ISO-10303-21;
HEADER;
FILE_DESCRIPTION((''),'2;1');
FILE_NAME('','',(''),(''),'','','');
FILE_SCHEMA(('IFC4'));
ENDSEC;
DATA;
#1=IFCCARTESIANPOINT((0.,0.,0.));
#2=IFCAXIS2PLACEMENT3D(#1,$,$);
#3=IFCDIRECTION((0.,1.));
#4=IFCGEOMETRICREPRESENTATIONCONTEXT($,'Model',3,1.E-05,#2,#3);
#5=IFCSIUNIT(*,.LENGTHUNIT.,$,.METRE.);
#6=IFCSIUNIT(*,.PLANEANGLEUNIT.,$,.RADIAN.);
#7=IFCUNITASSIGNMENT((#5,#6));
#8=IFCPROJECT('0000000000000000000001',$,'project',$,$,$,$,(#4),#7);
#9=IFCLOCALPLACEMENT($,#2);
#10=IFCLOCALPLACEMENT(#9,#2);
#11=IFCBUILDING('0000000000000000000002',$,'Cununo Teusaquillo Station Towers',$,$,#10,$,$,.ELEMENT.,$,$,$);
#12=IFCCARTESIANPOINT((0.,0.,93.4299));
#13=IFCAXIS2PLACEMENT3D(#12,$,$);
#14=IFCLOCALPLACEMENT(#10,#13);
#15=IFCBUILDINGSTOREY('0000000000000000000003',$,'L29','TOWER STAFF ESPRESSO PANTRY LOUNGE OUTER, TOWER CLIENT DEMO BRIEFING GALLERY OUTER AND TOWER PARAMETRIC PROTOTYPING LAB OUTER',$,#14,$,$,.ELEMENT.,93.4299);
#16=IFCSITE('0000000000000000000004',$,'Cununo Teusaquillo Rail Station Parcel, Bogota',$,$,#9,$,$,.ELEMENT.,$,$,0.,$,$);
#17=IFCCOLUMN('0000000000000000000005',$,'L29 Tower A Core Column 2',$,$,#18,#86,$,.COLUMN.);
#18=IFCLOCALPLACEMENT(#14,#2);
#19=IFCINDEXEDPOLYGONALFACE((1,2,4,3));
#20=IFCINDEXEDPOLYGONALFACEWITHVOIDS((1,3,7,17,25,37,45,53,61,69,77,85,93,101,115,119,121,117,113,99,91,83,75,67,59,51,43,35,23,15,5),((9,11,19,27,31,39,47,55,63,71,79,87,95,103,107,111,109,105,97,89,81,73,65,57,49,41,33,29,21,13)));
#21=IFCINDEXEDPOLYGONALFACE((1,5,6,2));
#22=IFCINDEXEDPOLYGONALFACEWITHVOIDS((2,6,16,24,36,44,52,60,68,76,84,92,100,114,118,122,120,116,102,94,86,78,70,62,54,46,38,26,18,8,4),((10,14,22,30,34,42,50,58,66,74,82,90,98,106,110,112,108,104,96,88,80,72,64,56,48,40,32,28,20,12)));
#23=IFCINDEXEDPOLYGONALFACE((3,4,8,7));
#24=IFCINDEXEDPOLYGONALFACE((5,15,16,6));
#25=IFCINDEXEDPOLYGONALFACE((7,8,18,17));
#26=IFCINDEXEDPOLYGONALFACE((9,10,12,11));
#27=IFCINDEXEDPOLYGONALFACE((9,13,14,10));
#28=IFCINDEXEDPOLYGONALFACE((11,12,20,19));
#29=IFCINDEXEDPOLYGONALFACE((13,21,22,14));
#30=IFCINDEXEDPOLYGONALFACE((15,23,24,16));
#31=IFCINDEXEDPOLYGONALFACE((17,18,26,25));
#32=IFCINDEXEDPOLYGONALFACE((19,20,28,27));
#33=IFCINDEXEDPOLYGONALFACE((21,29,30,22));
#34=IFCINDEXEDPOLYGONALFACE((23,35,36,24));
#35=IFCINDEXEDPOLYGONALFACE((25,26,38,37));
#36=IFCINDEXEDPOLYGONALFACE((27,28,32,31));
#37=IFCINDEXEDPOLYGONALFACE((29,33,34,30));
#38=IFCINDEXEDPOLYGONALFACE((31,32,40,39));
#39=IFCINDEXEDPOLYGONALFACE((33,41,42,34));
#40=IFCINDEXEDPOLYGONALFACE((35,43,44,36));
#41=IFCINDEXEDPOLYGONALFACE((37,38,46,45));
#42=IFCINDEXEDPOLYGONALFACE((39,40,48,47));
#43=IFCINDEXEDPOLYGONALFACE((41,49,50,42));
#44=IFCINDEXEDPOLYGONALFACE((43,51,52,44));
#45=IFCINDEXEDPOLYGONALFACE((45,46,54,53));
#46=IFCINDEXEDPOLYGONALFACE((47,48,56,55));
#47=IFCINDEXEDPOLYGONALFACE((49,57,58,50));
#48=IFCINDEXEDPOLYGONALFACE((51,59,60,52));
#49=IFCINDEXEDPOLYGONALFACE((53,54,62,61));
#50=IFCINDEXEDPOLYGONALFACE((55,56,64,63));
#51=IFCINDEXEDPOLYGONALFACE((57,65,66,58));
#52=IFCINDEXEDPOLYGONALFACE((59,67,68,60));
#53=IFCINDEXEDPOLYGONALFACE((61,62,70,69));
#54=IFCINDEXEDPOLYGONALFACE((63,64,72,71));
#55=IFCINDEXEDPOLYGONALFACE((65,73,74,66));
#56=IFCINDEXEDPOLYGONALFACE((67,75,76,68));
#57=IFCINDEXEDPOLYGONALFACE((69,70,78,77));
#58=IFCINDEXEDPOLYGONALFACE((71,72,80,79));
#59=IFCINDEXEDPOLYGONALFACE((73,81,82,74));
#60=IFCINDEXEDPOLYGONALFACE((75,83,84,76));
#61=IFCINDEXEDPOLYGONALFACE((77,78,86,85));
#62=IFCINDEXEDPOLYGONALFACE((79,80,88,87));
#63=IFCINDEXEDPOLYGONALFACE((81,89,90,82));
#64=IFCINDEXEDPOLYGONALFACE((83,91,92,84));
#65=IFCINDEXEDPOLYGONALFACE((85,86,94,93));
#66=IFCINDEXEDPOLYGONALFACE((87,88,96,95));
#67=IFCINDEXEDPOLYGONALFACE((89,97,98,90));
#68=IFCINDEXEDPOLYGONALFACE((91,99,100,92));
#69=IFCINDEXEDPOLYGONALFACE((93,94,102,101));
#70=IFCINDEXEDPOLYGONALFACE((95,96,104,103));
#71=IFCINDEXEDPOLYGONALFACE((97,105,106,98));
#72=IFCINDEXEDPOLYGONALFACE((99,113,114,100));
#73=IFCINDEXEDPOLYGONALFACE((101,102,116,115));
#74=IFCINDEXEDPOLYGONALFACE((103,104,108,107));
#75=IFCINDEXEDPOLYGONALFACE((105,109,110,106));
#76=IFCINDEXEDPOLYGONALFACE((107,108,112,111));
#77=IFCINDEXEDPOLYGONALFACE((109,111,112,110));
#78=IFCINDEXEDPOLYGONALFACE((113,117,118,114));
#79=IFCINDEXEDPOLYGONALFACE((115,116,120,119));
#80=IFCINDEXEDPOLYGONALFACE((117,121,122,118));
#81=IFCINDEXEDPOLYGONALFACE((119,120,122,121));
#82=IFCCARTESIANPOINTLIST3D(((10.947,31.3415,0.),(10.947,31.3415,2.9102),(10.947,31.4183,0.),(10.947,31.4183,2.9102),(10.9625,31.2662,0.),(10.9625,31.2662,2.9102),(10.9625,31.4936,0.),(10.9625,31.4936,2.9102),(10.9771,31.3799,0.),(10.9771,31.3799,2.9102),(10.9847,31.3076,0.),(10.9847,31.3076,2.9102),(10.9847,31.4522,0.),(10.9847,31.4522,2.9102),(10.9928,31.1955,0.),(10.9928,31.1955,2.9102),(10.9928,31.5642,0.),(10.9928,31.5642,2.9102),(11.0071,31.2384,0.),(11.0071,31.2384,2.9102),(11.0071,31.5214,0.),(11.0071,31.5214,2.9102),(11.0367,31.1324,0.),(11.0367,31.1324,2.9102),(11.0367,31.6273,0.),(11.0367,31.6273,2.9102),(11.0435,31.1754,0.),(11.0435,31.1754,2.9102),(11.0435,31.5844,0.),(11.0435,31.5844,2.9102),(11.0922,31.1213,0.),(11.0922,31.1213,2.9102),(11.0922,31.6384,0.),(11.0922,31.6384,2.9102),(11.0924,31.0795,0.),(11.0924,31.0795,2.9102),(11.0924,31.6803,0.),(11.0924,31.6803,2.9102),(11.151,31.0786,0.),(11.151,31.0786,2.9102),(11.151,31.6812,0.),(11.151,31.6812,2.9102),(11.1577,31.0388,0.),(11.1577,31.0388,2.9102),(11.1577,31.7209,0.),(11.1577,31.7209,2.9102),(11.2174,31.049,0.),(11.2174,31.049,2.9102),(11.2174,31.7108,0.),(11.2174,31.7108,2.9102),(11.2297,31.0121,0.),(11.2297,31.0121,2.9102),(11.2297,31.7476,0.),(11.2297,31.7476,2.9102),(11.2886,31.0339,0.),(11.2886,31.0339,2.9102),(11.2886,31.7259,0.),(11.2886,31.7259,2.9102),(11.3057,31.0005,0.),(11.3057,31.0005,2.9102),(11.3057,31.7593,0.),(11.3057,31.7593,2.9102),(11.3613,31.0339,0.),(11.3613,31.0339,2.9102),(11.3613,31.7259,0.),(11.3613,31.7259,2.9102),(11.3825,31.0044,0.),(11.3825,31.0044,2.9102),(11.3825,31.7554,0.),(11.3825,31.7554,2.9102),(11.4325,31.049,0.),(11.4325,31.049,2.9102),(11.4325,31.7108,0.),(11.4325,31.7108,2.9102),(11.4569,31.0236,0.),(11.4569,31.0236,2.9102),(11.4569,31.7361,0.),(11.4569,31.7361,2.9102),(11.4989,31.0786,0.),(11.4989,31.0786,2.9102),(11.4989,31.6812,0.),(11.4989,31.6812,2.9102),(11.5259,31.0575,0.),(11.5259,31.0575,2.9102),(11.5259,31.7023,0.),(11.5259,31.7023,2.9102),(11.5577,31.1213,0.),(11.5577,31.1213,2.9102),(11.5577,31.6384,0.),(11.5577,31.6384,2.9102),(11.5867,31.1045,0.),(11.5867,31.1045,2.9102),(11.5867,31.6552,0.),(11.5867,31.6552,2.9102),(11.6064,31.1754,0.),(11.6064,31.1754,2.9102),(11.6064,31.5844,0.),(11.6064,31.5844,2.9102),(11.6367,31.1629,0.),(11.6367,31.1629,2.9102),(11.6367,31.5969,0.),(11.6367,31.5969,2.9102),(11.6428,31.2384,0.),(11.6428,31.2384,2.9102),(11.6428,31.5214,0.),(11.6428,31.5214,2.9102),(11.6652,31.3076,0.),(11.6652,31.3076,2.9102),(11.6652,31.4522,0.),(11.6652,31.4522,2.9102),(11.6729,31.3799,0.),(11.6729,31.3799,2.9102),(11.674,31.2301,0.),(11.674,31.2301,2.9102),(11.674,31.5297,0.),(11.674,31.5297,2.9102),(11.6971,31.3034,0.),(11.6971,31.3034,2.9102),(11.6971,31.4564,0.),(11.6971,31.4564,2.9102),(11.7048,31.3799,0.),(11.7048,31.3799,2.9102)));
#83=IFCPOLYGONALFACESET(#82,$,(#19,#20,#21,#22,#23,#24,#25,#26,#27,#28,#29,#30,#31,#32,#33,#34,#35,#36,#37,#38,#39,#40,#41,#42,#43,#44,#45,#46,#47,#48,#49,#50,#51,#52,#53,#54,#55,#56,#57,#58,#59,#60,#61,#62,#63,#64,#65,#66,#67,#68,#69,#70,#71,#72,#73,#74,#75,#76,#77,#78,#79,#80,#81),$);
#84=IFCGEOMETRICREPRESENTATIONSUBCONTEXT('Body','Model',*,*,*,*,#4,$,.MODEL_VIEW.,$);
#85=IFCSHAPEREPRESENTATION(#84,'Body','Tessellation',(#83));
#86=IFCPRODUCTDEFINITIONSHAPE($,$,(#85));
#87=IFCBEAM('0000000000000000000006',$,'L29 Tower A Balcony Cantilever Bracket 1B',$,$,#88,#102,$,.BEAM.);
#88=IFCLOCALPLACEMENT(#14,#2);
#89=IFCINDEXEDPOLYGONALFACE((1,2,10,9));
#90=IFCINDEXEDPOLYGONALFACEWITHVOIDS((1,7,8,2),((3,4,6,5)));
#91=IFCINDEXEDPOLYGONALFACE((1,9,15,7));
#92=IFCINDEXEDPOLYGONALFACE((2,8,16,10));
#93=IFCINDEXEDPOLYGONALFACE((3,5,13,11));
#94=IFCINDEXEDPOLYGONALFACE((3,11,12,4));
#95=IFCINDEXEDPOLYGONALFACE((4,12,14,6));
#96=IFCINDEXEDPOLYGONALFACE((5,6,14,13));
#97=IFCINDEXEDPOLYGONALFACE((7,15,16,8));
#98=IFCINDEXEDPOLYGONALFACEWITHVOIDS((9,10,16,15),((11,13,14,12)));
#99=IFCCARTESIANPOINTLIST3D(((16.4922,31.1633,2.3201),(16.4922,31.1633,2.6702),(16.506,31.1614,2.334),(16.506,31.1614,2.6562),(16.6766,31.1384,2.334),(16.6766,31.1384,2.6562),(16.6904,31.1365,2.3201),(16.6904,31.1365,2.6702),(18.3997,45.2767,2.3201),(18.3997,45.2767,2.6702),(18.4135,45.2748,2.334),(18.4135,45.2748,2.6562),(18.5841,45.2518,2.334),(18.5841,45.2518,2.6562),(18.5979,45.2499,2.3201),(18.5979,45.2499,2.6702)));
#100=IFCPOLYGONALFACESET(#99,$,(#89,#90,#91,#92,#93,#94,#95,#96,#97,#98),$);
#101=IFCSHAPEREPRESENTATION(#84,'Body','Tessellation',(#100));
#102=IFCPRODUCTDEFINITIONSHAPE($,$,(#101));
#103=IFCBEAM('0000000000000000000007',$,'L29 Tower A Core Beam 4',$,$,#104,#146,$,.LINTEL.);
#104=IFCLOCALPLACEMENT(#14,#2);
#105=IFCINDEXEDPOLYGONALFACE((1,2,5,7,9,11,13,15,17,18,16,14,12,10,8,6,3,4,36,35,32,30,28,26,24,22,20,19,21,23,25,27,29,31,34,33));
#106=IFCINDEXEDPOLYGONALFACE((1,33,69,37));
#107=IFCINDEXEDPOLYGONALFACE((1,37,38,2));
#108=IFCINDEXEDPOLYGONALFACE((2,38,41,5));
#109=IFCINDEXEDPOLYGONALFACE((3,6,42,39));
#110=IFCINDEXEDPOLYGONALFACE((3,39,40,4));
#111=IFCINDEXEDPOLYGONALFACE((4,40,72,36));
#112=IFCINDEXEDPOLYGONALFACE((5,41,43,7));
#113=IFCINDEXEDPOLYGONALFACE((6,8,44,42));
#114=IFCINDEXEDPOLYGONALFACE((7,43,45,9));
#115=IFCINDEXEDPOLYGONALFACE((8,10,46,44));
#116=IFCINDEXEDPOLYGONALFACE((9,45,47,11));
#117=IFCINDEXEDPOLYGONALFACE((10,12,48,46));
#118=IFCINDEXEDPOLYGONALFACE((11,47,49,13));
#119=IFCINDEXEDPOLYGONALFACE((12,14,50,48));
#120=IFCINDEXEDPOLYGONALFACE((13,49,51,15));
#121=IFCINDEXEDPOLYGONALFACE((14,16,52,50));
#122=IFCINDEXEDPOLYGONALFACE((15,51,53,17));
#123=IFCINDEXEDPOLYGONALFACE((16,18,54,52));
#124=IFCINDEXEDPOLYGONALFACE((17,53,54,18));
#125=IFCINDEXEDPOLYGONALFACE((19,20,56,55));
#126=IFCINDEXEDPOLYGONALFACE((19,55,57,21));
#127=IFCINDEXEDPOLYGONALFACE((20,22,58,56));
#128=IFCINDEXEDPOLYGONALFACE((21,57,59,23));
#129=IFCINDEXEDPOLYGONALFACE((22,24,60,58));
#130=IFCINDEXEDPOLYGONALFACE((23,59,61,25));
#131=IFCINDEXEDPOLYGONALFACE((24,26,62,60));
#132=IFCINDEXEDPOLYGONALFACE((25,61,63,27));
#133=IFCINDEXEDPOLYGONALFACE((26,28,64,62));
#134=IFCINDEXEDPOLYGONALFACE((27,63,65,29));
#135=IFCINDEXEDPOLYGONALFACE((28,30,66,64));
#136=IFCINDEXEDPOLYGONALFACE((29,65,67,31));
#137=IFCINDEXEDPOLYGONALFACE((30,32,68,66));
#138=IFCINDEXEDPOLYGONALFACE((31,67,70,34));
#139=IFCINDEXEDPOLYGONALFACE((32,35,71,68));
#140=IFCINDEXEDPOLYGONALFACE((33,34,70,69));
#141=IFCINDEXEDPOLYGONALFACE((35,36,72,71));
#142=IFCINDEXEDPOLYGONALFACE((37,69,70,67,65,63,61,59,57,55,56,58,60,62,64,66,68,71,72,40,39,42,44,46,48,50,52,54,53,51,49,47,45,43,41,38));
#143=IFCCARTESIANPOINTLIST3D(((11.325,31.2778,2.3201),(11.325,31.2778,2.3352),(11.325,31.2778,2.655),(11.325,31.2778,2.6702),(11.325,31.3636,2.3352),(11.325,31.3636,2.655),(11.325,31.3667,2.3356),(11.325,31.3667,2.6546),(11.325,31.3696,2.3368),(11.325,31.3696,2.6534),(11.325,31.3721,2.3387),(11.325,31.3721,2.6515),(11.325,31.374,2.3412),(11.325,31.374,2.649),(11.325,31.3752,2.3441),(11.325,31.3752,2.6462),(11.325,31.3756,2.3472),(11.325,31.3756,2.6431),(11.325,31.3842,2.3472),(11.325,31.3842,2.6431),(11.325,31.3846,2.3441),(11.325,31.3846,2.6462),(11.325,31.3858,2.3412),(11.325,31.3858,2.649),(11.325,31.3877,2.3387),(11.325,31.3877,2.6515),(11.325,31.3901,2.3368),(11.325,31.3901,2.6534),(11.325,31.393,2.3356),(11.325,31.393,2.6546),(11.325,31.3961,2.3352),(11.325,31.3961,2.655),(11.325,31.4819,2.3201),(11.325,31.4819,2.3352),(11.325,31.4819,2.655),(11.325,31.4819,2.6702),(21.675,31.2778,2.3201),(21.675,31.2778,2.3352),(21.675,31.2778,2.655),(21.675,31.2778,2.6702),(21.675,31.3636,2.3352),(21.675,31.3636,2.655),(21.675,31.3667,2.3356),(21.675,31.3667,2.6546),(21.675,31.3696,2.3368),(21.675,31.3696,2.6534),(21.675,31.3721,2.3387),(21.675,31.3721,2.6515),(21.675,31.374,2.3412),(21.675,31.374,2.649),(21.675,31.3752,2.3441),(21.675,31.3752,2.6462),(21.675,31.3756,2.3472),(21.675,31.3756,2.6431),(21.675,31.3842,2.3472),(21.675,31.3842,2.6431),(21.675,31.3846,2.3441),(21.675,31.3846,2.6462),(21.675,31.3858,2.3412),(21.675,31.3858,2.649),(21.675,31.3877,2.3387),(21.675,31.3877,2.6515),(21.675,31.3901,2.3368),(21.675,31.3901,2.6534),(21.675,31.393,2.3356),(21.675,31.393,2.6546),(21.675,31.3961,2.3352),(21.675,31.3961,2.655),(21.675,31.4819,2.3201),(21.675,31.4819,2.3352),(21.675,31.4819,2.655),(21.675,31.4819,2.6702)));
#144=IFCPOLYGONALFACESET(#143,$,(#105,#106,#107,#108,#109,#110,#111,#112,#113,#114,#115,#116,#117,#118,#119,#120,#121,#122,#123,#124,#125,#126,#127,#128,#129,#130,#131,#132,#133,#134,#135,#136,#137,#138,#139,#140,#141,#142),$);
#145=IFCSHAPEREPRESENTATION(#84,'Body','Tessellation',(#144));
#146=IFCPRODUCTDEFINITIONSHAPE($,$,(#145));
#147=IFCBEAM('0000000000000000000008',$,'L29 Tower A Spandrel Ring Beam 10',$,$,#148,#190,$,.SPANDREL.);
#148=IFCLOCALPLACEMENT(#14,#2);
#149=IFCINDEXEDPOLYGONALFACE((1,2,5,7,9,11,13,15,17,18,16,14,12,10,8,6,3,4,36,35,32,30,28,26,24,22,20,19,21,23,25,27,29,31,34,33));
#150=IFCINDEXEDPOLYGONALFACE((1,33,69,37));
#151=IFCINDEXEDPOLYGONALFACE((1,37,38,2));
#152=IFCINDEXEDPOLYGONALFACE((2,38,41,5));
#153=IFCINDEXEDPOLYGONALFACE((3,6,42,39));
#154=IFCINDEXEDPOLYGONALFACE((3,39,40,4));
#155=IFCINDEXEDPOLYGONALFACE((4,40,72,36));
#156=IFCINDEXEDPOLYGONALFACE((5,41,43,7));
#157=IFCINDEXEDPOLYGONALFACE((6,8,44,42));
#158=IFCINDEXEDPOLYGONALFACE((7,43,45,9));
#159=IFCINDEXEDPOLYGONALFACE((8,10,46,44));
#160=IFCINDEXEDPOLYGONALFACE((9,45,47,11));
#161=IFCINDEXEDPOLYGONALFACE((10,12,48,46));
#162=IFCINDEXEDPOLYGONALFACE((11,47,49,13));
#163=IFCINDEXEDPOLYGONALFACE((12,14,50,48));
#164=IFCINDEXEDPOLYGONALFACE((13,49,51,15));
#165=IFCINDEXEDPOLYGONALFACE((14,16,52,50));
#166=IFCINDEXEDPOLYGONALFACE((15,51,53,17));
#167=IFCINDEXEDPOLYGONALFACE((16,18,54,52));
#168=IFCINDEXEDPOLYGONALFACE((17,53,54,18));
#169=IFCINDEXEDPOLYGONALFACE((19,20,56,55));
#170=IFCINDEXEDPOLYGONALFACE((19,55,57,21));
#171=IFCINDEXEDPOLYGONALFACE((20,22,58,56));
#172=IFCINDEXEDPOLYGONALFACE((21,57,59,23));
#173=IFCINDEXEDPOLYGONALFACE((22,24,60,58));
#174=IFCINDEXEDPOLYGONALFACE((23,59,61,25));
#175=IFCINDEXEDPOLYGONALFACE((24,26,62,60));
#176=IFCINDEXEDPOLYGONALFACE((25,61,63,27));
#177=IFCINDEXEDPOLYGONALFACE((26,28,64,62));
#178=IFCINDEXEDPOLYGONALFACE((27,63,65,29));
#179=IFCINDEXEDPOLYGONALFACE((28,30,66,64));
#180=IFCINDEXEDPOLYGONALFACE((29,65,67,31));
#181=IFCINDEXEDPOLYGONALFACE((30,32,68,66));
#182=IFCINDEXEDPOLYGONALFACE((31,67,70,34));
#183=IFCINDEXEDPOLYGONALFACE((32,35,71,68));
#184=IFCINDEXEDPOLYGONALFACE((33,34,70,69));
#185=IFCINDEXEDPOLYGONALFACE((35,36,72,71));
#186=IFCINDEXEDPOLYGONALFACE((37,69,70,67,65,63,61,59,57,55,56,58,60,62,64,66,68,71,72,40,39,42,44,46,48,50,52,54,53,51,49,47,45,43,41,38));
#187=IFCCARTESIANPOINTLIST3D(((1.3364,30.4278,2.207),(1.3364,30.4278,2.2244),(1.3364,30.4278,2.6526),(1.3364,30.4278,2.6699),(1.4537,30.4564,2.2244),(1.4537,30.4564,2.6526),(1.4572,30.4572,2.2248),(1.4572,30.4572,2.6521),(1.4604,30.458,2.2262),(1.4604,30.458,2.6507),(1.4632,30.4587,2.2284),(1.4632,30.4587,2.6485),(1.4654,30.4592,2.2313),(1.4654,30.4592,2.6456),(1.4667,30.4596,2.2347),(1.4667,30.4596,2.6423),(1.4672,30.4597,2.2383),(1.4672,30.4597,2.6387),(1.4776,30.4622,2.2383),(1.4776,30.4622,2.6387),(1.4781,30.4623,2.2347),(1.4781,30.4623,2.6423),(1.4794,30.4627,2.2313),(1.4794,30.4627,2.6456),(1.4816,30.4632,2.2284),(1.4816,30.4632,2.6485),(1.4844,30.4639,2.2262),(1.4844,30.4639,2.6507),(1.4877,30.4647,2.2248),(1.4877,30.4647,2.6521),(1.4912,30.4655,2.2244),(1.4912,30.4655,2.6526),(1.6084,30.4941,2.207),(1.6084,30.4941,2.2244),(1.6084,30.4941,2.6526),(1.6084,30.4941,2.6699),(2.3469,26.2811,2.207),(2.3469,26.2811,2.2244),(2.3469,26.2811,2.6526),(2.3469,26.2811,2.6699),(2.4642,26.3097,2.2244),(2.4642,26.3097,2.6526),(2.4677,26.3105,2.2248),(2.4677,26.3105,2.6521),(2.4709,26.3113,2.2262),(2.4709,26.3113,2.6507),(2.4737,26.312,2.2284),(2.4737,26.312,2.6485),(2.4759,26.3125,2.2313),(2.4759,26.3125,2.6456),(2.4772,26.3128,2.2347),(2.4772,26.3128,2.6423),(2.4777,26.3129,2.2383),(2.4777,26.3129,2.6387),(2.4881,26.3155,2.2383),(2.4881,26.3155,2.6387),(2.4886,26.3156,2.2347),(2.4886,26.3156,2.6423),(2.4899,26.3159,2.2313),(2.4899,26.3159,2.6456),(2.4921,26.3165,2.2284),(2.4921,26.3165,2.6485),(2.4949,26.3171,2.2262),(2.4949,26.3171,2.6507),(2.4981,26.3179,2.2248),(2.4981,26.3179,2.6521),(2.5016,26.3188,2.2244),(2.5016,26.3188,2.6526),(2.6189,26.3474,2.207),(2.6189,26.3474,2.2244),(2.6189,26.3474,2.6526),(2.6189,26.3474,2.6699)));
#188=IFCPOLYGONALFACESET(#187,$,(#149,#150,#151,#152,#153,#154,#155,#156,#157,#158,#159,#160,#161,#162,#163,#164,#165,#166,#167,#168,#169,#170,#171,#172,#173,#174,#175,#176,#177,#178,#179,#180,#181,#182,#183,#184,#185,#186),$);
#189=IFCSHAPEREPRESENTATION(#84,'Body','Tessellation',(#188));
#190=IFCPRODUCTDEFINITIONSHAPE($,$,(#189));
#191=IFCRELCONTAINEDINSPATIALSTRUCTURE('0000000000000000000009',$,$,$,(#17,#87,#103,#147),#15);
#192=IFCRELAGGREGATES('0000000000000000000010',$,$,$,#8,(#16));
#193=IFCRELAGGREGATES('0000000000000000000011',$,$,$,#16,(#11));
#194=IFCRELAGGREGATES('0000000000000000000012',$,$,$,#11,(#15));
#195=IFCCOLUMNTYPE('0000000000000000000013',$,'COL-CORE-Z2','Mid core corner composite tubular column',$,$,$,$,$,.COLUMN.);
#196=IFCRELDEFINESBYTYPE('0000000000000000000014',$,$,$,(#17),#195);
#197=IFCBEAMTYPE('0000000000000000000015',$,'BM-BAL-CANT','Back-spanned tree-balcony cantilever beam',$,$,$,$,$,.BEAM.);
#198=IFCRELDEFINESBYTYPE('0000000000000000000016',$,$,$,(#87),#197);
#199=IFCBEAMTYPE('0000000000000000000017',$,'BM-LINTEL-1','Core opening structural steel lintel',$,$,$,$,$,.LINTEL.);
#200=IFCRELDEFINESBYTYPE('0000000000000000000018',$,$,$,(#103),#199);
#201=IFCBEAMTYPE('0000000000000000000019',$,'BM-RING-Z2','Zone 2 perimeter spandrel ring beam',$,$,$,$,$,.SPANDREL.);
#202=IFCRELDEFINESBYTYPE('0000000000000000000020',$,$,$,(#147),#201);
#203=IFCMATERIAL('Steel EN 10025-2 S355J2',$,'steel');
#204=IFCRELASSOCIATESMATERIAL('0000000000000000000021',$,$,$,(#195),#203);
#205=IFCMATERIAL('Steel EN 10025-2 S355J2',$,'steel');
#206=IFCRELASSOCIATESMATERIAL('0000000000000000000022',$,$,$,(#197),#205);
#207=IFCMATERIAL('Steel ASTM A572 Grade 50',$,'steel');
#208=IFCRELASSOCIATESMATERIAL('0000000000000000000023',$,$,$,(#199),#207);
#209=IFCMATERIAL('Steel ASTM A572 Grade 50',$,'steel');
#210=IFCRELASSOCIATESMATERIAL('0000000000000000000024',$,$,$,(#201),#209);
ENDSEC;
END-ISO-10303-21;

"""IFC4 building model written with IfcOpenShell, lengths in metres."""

from ifc_helpers import new_model, si_unit, direction, frame, origin, origin_2d, place, context, subcontext, project, spatial, hollow_rectangle, hollow_circle, i_section, extrude, material, material_profile, profile_set, type_object, element, save


model = new_model("IFC4")

# Units and contexts
model_context = context("Model", 3, precision=1e-05, world=origin(), true_north=direction((0.0, 1.0)))
body_context = subcontext(model_context, "Body", "Model", "MODEL_VIEW")
ifc_project = project(units=[si_unit("LENGTHUNIT", "METRE"), si_unit("PLANEANGLEUNIT", "RADIAN")], contexts=[model_context])

# Site, building, storey
site_placement = place(None, origin())
site = spatial("IfcSite", under=ifc_project, at=site_placement, Name="Cununo Teusaquillo Rail Station Parcel, Bogota", CompositionType="ELEMENT", RefElevation=0.0)
building_placement = place(site_placement, origin())
building = spatial("IfcBuilding", under=site, at=building_placement, Name="Cununo Teusaquillo Station Towers", CompositionType="ELEMENT")
storey_placement = place(building_placement, frame((0.0, 0.0, 93.4299)))
storey = spatial("IfcBuildingStorey", under=building, at=storey_placement, Name="L29", Description="TOWER STAFF ESPRESSO PANTRY LOUNGE OUTER, TOWER CLIENT DEMO BRIEFING GALLERY OUTER AND TOWER PARAMETRIC PROTOTYPING LAB OUTER", CompositionType="ELEMENT", Elevation=93.4299)

# Column
ifc_material_1 = material(Name="Steel EN 10025-2 S355J2", Category="steel")
ifc_material_profile_1 = material_profile(ifc_material_1, hollow_circle(Radius=0.3799, WallThickness=0.032, at=origin_2d()), Name="CHS 760x32")
ifc_profile_set_1 = profile_set([ifc_material_profile_1], Name="Steel EN 10025-2 S355J2")
column_type = type_object("IfcColumnType", Name="COL-CORE-Z2", Description="Mid core corner composite tubular column", PredefinedType="COLUMN", material=ifc_profile_set_1)
column_placement = place(storey_placement, frame((11.325, 31.3799, 0.0), z_axis=(0.0, 0.0, 1.0), x_axis=(1.0, 0.0, 0.0)))
element("IfcColumn", 1, at=column_placement, inside=storey, type_object=column_type, Name="L29 Tower A Core Column 2", PredefinedType="COLUMN", context=body_context, shape_type="SweptSolid", body=[
    extrude(hollow_circle(Radius=0.3799, WallThickness=0.032, at=origin_2d()), origin(), (0.0, 0.0, 1.0), 2.9102),
])

# Beams
ifc_material_2 = material(Name="Steel EN 10025-2 S355J2", Category="steel")
ifc_material_profile_2 = material_profile(ifc_material_2, hollow_rectangle(XDim=0.2, YDim=0.3501, WallThickness=0.0139, at=origin_2d()), Name="RHS 350x200x14")
ifc_profile_set_2 = profile_set([ifc_material_profile_2], Name="Steel EN 10025-2 S355J2")
beam_type_1 = type_object("IfcBeamType", Name="BM-BAL-CANT", Description="Back-spanned tree-balcony cantilever beam", PredefinedType="BEAM", material=ifc_profile_set_2)
beam_1_placement = place(storey_placement, frame((16.5913, 31.1499, 2.4951), z_axis=(0.133937, 0.99099, 0.0), x_axis=(-0.99099, 0.133937, 0.0)))
element("IfcBeam", 2, at=beam_1_placement, inside=storey, type_object=beam_type_1, Name="L29 Tower A Balcony Cantilever Bracket 1B", PredefinedType="BEAM", context=body_context, shape_type="SweptSolid", body=[
    extrude(hollow_rectangle(XDim=0.2, YDim=0.3501, WallThickness=0.0139, at=origin_2d()), origin(), (0.0, 0.0, 1.0), 14.2417),
])
ifc_material_3 = material(Name="Steel ASTM A572 Grade 50", Category="steel")
ifc_material_profile_3 = material_profile(ifc_material_3, i_section(OverallWidth=0.2041, OverallDepth=0.3501, WebThickness=0.0085, FlangeThickness=0.0151, FilletRadius=0.012, at=origin_2d()), Name="W14X48")
ifc_profile_set_3 = profile_set([ifc_material_profile_3], Name="Steel ASTM A572 Grade 50")
beam_type_2 = type_object("IfcBeamType", Name="BM-LINTEL-1", Description="Core opening structural steel lintel", PredefinedType="LINTEL", material=ifc_profile_set_3)
beam_2_placement = place(storey_placement, frame((11.325, 31.3799, 2.4951), z_axis=(1.0, 0.0, 0.0), x_axis=(0.0, 1.0, 0.0)))
element("IfcBeam", 3, at=beam_2_placement, inside=storey, type_object=beam_type_2, Name="L29 Tower A Core Beam 4", PredefinedType="LINTEL", context=body_context, shape_type="SweptSolid", body=[
    extrude(i_section(OverallWidth=0.2041, OverallDepth=0.3501, WebThickness=0.0085, FlangeThickness=0.0151, FilletRadius=0.012, at=origin_2d()), origin(), (0.0, 0.0, 1.0), 10.3501),
])
ifc_material_4 = material(Name="Steel ASTM A572 Grade 50", Category="steel")
ifc_material_profile_4 = material_profile(ifc_material_4, i_section(OverallWidth=0.28, OverallDepth=0.4629, WebThickness=0.0107, FlangeThickness=0.0173, FilletRadius=0.0139, at=origin_2d()), Name="W18X76")
ifc_profile_set_4 = profile_set([ifc_material_profile_4], Name="Steel ASTM A572 Grade 50")
beam_type_3 = type_object("IfcBeamType", Name="BM-RING-Z2", Description="Zone 2 perimeter spandrel ring beam", PredefinedType="SPANDREL", material=ifc_profile_set_4)
beam_3_placement = place(storey_placement, frame((1.4724, 30.4609, 2.4385), z_axis=(0.236757, -0.971569, 0.0), x_axis=(0.971569, 0.236757, 0.0)))
element("IfcBeam", 4, at=beam_3_placement, inside=storey, type_object=beam_type_3, Name="L29 Tower A Spandrel Ring Beam 10", PredefinedType="SPANDREL", context=body_context, shape_type="SweptSolid", body=[
    extrude(i_section(OverallWidth=0.28, OverallDepth=0.4629, WebThickness=0.0107, FlangeThickness=0.0173, FilletRadius=0.0139, at=origin_2d()), origin(), (0.0, 0.0, 1.0), 4.2681),
])

save(model, "model.ifc")
